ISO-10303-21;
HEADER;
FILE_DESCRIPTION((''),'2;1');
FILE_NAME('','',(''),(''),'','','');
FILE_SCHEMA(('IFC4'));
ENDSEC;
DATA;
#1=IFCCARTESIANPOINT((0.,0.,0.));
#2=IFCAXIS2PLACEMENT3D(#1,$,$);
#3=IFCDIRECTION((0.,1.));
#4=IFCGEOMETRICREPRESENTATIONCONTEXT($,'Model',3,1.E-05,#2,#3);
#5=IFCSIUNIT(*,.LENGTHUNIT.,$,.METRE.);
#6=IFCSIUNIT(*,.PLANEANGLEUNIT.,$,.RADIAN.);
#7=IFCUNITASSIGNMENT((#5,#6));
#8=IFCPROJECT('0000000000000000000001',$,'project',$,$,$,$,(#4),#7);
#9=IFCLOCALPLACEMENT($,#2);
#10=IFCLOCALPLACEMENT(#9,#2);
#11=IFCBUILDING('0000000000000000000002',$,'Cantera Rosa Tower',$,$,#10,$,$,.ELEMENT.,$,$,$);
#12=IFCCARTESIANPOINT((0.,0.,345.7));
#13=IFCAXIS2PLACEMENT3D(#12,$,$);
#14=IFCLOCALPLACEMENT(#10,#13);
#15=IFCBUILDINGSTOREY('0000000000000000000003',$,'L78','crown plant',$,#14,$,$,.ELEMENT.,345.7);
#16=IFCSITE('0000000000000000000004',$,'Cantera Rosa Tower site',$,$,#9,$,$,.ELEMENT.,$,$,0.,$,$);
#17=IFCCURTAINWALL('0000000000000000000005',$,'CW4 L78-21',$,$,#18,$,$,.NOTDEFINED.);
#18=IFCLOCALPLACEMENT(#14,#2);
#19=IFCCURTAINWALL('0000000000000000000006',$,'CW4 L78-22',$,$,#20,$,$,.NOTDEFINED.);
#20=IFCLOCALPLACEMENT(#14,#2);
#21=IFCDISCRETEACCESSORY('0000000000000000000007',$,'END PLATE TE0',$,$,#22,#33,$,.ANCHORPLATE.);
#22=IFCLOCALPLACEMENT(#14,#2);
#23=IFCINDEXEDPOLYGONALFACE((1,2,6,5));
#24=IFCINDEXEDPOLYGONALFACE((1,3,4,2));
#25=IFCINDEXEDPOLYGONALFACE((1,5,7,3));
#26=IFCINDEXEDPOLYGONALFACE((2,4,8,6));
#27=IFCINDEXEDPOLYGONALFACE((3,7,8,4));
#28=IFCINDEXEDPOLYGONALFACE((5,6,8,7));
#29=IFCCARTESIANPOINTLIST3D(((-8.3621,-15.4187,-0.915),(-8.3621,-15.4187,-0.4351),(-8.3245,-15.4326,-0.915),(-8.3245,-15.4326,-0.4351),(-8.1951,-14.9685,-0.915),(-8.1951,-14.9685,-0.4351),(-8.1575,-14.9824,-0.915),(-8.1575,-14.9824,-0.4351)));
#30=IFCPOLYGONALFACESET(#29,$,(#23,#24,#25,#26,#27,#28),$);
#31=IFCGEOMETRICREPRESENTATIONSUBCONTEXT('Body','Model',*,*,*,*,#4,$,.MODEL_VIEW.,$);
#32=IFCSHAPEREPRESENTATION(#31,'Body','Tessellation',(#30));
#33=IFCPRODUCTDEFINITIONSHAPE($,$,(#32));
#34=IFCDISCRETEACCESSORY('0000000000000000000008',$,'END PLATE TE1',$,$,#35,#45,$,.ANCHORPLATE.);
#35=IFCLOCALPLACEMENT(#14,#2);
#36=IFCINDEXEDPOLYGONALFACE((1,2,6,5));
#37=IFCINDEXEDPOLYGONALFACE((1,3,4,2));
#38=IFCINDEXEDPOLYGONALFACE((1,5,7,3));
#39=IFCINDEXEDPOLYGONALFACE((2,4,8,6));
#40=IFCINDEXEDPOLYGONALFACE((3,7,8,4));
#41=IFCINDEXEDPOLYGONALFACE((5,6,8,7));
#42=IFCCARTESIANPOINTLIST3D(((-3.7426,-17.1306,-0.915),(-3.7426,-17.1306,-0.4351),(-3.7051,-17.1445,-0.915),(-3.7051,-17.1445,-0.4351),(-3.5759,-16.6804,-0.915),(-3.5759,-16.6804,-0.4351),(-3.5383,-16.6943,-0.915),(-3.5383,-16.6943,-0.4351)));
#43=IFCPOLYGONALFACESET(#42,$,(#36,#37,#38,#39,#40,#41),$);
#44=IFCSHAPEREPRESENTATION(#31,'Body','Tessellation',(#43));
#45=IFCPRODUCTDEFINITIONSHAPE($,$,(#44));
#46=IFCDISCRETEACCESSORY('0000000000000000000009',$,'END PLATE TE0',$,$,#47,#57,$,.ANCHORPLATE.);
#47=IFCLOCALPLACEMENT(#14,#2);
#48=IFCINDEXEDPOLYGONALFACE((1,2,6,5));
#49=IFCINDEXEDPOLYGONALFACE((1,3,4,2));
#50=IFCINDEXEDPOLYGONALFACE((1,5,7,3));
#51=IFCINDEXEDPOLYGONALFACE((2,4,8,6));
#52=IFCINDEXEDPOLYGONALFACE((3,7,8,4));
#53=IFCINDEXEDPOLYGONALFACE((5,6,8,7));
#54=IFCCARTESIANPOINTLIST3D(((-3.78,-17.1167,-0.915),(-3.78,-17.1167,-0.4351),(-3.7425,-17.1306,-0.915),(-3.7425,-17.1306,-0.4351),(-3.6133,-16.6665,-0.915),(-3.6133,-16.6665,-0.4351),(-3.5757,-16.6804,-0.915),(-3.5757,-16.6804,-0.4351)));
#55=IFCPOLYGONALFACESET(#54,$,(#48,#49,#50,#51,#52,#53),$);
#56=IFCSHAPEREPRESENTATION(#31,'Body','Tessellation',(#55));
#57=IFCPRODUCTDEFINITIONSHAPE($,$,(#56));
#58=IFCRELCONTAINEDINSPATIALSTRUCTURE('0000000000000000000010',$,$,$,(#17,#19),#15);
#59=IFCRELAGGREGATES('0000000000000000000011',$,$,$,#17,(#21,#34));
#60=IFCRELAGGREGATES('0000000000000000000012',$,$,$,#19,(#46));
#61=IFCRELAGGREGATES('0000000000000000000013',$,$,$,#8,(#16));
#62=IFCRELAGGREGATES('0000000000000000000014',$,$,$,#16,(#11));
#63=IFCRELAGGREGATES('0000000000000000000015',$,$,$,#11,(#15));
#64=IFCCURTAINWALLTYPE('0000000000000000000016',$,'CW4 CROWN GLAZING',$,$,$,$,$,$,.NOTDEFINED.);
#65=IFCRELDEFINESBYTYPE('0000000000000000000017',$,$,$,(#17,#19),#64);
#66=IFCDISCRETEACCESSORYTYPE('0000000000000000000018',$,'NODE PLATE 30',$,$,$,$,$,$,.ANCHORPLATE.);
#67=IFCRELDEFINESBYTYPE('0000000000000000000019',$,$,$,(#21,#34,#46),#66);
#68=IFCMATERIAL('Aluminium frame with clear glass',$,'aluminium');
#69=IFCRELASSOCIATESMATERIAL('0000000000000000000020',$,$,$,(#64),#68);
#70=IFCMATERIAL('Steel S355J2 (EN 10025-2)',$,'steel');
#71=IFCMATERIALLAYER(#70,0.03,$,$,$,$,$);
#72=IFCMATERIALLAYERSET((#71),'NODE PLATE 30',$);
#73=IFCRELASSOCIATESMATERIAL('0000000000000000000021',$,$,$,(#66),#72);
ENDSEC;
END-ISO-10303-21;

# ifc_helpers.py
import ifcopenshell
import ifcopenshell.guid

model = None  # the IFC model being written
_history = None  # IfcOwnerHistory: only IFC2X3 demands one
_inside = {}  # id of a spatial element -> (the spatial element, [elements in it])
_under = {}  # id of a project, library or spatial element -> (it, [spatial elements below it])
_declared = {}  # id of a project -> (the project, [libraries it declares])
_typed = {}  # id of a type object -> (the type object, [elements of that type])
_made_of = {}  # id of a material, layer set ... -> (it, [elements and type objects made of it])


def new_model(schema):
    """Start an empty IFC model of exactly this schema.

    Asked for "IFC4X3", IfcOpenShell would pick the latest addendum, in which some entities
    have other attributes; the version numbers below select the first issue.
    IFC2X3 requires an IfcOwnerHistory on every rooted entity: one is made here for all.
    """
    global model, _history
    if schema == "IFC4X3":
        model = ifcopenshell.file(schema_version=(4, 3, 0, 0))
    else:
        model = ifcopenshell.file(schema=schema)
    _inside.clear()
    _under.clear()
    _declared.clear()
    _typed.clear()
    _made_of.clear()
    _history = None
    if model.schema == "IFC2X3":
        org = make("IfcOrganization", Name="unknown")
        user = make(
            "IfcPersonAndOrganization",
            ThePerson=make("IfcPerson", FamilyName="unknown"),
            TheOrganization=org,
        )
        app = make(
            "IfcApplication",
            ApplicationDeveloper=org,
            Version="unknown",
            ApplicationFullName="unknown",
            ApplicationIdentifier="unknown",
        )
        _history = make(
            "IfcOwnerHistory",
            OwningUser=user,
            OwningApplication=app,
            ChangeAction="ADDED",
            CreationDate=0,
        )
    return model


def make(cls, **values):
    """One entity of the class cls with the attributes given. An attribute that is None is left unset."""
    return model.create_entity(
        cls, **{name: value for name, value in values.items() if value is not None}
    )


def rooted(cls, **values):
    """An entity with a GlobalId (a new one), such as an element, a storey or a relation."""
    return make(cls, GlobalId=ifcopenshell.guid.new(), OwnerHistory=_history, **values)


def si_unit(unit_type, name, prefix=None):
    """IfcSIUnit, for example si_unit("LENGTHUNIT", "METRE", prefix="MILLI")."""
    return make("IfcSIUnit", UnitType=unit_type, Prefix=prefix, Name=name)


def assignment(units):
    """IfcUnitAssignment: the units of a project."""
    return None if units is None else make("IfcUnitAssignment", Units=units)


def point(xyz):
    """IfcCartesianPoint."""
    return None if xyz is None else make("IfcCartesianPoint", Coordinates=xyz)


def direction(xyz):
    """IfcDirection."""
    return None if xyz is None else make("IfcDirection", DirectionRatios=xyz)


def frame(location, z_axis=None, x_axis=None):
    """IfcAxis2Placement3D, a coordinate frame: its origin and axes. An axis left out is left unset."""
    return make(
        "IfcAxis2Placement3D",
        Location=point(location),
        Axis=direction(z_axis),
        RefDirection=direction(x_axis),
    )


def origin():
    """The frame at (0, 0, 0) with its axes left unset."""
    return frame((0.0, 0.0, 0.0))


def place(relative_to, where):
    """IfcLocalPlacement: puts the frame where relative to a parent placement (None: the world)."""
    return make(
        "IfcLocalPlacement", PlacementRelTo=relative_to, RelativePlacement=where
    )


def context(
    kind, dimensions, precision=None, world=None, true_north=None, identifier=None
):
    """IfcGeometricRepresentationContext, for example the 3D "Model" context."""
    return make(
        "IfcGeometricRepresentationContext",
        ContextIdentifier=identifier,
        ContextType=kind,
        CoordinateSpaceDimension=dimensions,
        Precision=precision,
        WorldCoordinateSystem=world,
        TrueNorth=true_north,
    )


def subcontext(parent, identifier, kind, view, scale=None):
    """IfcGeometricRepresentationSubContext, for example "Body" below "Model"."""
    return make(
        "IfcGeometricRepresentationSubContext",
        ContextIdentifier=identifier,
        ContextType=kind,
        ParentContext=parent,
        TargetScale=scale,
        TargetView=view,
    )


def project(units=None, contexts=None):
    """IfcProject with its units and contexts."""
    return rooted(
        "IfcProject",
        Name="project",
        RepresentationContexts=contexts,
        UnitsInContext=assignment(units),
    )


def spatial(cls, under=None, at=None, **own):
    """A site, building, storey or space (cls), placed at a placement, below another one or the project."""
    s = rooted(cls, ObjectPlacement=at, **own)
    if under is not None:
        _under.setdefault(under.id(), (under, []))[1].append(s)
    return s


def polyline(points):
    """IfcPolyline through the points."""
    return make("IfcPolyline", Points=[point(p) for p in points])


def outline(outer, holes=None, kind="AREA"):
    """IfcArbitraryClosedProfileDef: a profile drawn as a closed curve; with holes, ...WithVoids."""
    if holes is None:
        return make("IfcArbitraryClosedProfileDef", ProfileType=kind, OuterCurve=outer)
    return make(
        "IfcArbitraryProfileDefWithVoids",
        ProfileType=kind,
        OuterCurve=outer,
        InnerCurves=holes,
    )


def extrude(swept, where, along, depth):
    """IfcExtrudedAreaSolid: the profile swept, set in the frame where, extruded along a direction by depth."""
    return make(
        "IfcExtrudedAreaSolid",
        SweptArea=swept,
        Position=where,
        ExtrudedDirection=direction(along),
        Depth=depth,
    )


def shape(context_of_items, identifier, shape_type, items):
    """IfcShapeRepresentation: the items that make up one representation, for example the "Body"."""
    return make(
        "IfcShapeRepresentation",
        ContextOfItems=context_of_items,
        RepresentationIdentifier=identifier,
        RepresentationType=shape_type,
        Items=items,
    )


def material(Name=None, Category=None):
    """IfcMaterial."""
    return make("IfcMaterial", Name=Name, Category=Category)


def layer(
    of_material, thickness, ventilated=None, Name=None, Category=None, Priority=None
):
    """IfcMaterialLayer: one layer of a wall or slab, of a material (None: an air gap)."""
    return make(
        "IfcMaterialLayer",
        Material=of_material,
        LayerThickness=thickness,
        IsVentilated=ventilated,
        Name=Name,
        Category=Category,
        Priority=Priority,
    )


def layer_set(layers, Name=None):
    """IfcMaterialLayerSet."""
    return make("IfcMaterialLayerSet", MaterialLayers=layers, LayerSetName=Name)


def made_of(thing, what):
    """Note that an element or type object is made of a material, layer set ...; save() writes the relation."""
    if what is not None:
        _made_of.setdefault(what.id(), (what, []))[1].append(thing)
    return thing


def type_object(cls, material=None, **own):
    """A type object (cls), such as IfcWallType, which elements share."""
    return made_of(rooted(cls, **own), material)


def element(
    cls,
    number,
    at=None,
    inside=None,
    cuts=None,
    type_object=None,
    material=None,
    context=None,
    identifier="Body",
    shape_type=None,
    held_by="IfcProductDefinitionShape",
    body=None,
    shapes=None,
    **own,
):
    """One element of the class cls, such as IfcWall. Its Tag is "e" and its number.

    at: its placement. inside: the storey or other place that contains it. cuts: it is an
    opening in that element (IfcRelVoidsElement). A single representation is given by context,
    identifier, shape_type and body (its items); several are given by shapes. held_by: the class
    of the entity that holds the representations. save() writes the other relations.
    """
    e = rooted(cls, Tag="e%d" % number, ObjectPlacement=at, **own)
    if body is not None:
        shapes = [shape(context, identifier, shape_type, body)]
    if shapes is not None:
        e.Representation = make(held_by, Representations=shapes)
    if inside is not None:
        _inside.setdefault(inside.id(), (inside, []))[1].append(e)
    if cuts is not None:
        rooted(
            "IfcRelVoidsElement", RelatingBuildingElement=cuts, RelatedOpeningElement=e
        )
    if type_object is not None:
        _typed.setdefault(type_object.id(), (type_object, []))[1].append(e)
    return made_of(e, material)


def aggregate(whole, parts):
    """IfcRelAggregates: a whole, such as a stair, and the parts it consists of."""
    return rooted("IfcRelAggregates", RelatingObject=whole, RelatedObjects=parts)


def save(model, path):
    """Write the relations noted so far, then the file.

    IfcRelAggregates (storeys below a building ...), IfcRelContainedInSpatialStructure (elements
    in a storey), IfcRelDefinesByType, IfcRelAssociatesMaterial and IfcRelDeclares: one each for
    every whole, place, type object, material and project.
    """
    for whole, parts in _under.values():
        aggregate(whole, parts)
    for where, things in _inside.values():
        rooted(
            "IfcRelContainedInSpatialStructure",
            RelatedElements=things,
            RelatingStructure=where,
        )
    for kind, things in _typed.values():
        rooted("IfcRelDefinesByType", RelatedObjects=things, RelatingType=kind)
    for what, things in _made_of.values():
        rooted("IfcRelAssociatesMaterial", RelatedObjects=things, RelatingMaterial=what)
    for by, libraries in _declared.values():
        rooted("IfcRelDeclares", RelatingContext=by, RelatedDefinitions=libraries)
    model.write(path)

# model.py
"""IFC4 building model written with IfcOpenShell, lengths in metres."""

from ifc_helpers import new_model, si_unit, direction, frame, origin, place, context, subcontext, project, spatial, polyline, outline, extrude, material, layer, layer_set, type_object, element, aggregate, save


model = new_model("IFC4")

# Units and contexts
model_context = context("Model", 3, precision=1e-05, world=origin(), true_north=direction((0.0, 1.0)))
body_context = subcontext(model_context, "Body", "Model", "MODEL_VIEW")
ifc_project = project(units=[si_unit("LENGTHUNIT", "METRE"), si_unit("PLANEANGLEUNIT", "RADIAN")], contexts=[model_context])

# Site, building, storey
site_placement = place(None, origin())
site = spatial("IfcSite", under=ifc_project, at=site_placement, Name="Cantera Rosa Tower site", CompositionType="ELEMENT", RefElevation=0.0)
building_placement = place(site_placement, origin())
building = spatial("IfcBuilding", under=site, at=building_placement, Name="Cantera Rosa Tower", CompositionType="ELEMENT")
storey_placement = place(building_placement, frame((0.0, 0.0, 345.7)))
storey = spatial("IfcBuildingStorey", under=building, at=storey_placement, Name="L78", Description="crown plant", CompositionType="ELEMENT", Elevation=345.7)

# Curtain walls
ifc_material_1 = material(Name="Aluminium frame with clear glass", Category="aluminium")
curtain_wall_type = type_object("IfcCurtainWallType", Name="CW4 CROWN GLAZING", PredefinedType="NOTDEFINED", material=ifc_material_1)
curtain_wall_1_placement = place(storey_placement, origin())
curtain_wall_1 = element("IfcCurtainWall", 1, at=curtain_wall_1_placement, inside=storey, type_object=curtain_wall_type, Name="CW4 L78-21", PredefinedType="NOTDEFINED")
curtain_wall_2_placement = place(storey_placement, origin())
curtain_wall_2 = element("IfcCurtainWall", 2, at=curtain_wall_2_placement, inside=storey, type_object=curtain_wall_type, Name="CW4 L78-22", PredefinedType="NOTDEFINED")

# Shared definitions
ifc_material_2 = material(Name="Steel S355J2 (EN 10025-2)", Category="steel")
ifc_layer_1 = layer(ifc_material_2, 0.03)
ifc_layer_set_1 = layer_set([ifc_layer_1], Name="NODE PLATE 30")
discrete_accessory_type = type_object("IfcDiscreteAccessoryType", Name="NODE PLATE 30", PredefinedType="ANCHORPLATE", material=ifc_layer_set_1)

# Discrete accessories
discrete_accessory_1_placement = place(storey_placement, frame((-8.3621, -15.4187, -0.4351), z_axis=(-0.937577, 0.347778, 0.0), x_axis=(0.347778, 0.937577, 0.0)))
discrete_accessory_1 = element("IfcDiscreteAccessory", 3, at=discrete_accessory_1_placement, type_object=discrete_accessory_type, Name="END PLATE TE0", PredefinedType="ANCHORPLATE", context=body_context, shape_type="SweptSolid", body=[
    extrude(outline(polyline([(0.0, 0.0), (0.4802, 0.0), (0.4802, 0.48), (0.0, 0.48), (0.0, 0.0)])), origin(), (0.0, 0.0, -1.0), 0.04),
])
discrete_accessory_2_placement = place(storey_placement, frame((-3.5383, -16.6943, -0.4351), z_axis=(0.937743, -0.347331, 0.0), x_axis=(-0.347331, -0.937743, 0.0)))
discrete_accessory_2 = element("IfcDiscreteAccessory", 4, at=discrete_accessory_2_placement, type_object=discrete_accessory_type, Name="END PLATE TE1", PredefinedType="ANCHORPLATE", context=body_context, shape_type="SweptSolid", body=[
    extrude(outline(polyline([(0.0, 0.0), (0.4801, 0.0), (0.4801, 0.48), (0.0, 0.48), (0.0, 0.0)])), origin(), (0.0, 0.0, -1.0), 0.04),
])
aggregate(curtain_wall_1, [discrete_accessory_1, discrete_accessory_2])
discrete_accessory_3_placement = place(storey_placement, frame((-3.78, -17.1167, -0.4351), z_axis=(-0.937743, 0.347331, 0.0), x_axis=(0.347331, 0.937743, 0.0)))
discrete_accessory_3 = element("IfcDiscreteAccessory", 5, at=discrete_accessory_3_placement, type_object=discrete_accessory_type, Name="END PLATE TE0", PredefinedType="ANCHORPLATE", context=body_context, shape_type="SweptSolid", body=[
    extrude(outline(polyline([(0.0, 0.0), (0.4801, 0.0), (0.4801, 0.48), (0.0, 0.48), (0.0, 0.0)])), origin(), (0.0, 0.0, -1.0), 0.04),
])
aggregate(curtain_wall_2, [discrete_accessory_3])

save(model, "model.ifc")
